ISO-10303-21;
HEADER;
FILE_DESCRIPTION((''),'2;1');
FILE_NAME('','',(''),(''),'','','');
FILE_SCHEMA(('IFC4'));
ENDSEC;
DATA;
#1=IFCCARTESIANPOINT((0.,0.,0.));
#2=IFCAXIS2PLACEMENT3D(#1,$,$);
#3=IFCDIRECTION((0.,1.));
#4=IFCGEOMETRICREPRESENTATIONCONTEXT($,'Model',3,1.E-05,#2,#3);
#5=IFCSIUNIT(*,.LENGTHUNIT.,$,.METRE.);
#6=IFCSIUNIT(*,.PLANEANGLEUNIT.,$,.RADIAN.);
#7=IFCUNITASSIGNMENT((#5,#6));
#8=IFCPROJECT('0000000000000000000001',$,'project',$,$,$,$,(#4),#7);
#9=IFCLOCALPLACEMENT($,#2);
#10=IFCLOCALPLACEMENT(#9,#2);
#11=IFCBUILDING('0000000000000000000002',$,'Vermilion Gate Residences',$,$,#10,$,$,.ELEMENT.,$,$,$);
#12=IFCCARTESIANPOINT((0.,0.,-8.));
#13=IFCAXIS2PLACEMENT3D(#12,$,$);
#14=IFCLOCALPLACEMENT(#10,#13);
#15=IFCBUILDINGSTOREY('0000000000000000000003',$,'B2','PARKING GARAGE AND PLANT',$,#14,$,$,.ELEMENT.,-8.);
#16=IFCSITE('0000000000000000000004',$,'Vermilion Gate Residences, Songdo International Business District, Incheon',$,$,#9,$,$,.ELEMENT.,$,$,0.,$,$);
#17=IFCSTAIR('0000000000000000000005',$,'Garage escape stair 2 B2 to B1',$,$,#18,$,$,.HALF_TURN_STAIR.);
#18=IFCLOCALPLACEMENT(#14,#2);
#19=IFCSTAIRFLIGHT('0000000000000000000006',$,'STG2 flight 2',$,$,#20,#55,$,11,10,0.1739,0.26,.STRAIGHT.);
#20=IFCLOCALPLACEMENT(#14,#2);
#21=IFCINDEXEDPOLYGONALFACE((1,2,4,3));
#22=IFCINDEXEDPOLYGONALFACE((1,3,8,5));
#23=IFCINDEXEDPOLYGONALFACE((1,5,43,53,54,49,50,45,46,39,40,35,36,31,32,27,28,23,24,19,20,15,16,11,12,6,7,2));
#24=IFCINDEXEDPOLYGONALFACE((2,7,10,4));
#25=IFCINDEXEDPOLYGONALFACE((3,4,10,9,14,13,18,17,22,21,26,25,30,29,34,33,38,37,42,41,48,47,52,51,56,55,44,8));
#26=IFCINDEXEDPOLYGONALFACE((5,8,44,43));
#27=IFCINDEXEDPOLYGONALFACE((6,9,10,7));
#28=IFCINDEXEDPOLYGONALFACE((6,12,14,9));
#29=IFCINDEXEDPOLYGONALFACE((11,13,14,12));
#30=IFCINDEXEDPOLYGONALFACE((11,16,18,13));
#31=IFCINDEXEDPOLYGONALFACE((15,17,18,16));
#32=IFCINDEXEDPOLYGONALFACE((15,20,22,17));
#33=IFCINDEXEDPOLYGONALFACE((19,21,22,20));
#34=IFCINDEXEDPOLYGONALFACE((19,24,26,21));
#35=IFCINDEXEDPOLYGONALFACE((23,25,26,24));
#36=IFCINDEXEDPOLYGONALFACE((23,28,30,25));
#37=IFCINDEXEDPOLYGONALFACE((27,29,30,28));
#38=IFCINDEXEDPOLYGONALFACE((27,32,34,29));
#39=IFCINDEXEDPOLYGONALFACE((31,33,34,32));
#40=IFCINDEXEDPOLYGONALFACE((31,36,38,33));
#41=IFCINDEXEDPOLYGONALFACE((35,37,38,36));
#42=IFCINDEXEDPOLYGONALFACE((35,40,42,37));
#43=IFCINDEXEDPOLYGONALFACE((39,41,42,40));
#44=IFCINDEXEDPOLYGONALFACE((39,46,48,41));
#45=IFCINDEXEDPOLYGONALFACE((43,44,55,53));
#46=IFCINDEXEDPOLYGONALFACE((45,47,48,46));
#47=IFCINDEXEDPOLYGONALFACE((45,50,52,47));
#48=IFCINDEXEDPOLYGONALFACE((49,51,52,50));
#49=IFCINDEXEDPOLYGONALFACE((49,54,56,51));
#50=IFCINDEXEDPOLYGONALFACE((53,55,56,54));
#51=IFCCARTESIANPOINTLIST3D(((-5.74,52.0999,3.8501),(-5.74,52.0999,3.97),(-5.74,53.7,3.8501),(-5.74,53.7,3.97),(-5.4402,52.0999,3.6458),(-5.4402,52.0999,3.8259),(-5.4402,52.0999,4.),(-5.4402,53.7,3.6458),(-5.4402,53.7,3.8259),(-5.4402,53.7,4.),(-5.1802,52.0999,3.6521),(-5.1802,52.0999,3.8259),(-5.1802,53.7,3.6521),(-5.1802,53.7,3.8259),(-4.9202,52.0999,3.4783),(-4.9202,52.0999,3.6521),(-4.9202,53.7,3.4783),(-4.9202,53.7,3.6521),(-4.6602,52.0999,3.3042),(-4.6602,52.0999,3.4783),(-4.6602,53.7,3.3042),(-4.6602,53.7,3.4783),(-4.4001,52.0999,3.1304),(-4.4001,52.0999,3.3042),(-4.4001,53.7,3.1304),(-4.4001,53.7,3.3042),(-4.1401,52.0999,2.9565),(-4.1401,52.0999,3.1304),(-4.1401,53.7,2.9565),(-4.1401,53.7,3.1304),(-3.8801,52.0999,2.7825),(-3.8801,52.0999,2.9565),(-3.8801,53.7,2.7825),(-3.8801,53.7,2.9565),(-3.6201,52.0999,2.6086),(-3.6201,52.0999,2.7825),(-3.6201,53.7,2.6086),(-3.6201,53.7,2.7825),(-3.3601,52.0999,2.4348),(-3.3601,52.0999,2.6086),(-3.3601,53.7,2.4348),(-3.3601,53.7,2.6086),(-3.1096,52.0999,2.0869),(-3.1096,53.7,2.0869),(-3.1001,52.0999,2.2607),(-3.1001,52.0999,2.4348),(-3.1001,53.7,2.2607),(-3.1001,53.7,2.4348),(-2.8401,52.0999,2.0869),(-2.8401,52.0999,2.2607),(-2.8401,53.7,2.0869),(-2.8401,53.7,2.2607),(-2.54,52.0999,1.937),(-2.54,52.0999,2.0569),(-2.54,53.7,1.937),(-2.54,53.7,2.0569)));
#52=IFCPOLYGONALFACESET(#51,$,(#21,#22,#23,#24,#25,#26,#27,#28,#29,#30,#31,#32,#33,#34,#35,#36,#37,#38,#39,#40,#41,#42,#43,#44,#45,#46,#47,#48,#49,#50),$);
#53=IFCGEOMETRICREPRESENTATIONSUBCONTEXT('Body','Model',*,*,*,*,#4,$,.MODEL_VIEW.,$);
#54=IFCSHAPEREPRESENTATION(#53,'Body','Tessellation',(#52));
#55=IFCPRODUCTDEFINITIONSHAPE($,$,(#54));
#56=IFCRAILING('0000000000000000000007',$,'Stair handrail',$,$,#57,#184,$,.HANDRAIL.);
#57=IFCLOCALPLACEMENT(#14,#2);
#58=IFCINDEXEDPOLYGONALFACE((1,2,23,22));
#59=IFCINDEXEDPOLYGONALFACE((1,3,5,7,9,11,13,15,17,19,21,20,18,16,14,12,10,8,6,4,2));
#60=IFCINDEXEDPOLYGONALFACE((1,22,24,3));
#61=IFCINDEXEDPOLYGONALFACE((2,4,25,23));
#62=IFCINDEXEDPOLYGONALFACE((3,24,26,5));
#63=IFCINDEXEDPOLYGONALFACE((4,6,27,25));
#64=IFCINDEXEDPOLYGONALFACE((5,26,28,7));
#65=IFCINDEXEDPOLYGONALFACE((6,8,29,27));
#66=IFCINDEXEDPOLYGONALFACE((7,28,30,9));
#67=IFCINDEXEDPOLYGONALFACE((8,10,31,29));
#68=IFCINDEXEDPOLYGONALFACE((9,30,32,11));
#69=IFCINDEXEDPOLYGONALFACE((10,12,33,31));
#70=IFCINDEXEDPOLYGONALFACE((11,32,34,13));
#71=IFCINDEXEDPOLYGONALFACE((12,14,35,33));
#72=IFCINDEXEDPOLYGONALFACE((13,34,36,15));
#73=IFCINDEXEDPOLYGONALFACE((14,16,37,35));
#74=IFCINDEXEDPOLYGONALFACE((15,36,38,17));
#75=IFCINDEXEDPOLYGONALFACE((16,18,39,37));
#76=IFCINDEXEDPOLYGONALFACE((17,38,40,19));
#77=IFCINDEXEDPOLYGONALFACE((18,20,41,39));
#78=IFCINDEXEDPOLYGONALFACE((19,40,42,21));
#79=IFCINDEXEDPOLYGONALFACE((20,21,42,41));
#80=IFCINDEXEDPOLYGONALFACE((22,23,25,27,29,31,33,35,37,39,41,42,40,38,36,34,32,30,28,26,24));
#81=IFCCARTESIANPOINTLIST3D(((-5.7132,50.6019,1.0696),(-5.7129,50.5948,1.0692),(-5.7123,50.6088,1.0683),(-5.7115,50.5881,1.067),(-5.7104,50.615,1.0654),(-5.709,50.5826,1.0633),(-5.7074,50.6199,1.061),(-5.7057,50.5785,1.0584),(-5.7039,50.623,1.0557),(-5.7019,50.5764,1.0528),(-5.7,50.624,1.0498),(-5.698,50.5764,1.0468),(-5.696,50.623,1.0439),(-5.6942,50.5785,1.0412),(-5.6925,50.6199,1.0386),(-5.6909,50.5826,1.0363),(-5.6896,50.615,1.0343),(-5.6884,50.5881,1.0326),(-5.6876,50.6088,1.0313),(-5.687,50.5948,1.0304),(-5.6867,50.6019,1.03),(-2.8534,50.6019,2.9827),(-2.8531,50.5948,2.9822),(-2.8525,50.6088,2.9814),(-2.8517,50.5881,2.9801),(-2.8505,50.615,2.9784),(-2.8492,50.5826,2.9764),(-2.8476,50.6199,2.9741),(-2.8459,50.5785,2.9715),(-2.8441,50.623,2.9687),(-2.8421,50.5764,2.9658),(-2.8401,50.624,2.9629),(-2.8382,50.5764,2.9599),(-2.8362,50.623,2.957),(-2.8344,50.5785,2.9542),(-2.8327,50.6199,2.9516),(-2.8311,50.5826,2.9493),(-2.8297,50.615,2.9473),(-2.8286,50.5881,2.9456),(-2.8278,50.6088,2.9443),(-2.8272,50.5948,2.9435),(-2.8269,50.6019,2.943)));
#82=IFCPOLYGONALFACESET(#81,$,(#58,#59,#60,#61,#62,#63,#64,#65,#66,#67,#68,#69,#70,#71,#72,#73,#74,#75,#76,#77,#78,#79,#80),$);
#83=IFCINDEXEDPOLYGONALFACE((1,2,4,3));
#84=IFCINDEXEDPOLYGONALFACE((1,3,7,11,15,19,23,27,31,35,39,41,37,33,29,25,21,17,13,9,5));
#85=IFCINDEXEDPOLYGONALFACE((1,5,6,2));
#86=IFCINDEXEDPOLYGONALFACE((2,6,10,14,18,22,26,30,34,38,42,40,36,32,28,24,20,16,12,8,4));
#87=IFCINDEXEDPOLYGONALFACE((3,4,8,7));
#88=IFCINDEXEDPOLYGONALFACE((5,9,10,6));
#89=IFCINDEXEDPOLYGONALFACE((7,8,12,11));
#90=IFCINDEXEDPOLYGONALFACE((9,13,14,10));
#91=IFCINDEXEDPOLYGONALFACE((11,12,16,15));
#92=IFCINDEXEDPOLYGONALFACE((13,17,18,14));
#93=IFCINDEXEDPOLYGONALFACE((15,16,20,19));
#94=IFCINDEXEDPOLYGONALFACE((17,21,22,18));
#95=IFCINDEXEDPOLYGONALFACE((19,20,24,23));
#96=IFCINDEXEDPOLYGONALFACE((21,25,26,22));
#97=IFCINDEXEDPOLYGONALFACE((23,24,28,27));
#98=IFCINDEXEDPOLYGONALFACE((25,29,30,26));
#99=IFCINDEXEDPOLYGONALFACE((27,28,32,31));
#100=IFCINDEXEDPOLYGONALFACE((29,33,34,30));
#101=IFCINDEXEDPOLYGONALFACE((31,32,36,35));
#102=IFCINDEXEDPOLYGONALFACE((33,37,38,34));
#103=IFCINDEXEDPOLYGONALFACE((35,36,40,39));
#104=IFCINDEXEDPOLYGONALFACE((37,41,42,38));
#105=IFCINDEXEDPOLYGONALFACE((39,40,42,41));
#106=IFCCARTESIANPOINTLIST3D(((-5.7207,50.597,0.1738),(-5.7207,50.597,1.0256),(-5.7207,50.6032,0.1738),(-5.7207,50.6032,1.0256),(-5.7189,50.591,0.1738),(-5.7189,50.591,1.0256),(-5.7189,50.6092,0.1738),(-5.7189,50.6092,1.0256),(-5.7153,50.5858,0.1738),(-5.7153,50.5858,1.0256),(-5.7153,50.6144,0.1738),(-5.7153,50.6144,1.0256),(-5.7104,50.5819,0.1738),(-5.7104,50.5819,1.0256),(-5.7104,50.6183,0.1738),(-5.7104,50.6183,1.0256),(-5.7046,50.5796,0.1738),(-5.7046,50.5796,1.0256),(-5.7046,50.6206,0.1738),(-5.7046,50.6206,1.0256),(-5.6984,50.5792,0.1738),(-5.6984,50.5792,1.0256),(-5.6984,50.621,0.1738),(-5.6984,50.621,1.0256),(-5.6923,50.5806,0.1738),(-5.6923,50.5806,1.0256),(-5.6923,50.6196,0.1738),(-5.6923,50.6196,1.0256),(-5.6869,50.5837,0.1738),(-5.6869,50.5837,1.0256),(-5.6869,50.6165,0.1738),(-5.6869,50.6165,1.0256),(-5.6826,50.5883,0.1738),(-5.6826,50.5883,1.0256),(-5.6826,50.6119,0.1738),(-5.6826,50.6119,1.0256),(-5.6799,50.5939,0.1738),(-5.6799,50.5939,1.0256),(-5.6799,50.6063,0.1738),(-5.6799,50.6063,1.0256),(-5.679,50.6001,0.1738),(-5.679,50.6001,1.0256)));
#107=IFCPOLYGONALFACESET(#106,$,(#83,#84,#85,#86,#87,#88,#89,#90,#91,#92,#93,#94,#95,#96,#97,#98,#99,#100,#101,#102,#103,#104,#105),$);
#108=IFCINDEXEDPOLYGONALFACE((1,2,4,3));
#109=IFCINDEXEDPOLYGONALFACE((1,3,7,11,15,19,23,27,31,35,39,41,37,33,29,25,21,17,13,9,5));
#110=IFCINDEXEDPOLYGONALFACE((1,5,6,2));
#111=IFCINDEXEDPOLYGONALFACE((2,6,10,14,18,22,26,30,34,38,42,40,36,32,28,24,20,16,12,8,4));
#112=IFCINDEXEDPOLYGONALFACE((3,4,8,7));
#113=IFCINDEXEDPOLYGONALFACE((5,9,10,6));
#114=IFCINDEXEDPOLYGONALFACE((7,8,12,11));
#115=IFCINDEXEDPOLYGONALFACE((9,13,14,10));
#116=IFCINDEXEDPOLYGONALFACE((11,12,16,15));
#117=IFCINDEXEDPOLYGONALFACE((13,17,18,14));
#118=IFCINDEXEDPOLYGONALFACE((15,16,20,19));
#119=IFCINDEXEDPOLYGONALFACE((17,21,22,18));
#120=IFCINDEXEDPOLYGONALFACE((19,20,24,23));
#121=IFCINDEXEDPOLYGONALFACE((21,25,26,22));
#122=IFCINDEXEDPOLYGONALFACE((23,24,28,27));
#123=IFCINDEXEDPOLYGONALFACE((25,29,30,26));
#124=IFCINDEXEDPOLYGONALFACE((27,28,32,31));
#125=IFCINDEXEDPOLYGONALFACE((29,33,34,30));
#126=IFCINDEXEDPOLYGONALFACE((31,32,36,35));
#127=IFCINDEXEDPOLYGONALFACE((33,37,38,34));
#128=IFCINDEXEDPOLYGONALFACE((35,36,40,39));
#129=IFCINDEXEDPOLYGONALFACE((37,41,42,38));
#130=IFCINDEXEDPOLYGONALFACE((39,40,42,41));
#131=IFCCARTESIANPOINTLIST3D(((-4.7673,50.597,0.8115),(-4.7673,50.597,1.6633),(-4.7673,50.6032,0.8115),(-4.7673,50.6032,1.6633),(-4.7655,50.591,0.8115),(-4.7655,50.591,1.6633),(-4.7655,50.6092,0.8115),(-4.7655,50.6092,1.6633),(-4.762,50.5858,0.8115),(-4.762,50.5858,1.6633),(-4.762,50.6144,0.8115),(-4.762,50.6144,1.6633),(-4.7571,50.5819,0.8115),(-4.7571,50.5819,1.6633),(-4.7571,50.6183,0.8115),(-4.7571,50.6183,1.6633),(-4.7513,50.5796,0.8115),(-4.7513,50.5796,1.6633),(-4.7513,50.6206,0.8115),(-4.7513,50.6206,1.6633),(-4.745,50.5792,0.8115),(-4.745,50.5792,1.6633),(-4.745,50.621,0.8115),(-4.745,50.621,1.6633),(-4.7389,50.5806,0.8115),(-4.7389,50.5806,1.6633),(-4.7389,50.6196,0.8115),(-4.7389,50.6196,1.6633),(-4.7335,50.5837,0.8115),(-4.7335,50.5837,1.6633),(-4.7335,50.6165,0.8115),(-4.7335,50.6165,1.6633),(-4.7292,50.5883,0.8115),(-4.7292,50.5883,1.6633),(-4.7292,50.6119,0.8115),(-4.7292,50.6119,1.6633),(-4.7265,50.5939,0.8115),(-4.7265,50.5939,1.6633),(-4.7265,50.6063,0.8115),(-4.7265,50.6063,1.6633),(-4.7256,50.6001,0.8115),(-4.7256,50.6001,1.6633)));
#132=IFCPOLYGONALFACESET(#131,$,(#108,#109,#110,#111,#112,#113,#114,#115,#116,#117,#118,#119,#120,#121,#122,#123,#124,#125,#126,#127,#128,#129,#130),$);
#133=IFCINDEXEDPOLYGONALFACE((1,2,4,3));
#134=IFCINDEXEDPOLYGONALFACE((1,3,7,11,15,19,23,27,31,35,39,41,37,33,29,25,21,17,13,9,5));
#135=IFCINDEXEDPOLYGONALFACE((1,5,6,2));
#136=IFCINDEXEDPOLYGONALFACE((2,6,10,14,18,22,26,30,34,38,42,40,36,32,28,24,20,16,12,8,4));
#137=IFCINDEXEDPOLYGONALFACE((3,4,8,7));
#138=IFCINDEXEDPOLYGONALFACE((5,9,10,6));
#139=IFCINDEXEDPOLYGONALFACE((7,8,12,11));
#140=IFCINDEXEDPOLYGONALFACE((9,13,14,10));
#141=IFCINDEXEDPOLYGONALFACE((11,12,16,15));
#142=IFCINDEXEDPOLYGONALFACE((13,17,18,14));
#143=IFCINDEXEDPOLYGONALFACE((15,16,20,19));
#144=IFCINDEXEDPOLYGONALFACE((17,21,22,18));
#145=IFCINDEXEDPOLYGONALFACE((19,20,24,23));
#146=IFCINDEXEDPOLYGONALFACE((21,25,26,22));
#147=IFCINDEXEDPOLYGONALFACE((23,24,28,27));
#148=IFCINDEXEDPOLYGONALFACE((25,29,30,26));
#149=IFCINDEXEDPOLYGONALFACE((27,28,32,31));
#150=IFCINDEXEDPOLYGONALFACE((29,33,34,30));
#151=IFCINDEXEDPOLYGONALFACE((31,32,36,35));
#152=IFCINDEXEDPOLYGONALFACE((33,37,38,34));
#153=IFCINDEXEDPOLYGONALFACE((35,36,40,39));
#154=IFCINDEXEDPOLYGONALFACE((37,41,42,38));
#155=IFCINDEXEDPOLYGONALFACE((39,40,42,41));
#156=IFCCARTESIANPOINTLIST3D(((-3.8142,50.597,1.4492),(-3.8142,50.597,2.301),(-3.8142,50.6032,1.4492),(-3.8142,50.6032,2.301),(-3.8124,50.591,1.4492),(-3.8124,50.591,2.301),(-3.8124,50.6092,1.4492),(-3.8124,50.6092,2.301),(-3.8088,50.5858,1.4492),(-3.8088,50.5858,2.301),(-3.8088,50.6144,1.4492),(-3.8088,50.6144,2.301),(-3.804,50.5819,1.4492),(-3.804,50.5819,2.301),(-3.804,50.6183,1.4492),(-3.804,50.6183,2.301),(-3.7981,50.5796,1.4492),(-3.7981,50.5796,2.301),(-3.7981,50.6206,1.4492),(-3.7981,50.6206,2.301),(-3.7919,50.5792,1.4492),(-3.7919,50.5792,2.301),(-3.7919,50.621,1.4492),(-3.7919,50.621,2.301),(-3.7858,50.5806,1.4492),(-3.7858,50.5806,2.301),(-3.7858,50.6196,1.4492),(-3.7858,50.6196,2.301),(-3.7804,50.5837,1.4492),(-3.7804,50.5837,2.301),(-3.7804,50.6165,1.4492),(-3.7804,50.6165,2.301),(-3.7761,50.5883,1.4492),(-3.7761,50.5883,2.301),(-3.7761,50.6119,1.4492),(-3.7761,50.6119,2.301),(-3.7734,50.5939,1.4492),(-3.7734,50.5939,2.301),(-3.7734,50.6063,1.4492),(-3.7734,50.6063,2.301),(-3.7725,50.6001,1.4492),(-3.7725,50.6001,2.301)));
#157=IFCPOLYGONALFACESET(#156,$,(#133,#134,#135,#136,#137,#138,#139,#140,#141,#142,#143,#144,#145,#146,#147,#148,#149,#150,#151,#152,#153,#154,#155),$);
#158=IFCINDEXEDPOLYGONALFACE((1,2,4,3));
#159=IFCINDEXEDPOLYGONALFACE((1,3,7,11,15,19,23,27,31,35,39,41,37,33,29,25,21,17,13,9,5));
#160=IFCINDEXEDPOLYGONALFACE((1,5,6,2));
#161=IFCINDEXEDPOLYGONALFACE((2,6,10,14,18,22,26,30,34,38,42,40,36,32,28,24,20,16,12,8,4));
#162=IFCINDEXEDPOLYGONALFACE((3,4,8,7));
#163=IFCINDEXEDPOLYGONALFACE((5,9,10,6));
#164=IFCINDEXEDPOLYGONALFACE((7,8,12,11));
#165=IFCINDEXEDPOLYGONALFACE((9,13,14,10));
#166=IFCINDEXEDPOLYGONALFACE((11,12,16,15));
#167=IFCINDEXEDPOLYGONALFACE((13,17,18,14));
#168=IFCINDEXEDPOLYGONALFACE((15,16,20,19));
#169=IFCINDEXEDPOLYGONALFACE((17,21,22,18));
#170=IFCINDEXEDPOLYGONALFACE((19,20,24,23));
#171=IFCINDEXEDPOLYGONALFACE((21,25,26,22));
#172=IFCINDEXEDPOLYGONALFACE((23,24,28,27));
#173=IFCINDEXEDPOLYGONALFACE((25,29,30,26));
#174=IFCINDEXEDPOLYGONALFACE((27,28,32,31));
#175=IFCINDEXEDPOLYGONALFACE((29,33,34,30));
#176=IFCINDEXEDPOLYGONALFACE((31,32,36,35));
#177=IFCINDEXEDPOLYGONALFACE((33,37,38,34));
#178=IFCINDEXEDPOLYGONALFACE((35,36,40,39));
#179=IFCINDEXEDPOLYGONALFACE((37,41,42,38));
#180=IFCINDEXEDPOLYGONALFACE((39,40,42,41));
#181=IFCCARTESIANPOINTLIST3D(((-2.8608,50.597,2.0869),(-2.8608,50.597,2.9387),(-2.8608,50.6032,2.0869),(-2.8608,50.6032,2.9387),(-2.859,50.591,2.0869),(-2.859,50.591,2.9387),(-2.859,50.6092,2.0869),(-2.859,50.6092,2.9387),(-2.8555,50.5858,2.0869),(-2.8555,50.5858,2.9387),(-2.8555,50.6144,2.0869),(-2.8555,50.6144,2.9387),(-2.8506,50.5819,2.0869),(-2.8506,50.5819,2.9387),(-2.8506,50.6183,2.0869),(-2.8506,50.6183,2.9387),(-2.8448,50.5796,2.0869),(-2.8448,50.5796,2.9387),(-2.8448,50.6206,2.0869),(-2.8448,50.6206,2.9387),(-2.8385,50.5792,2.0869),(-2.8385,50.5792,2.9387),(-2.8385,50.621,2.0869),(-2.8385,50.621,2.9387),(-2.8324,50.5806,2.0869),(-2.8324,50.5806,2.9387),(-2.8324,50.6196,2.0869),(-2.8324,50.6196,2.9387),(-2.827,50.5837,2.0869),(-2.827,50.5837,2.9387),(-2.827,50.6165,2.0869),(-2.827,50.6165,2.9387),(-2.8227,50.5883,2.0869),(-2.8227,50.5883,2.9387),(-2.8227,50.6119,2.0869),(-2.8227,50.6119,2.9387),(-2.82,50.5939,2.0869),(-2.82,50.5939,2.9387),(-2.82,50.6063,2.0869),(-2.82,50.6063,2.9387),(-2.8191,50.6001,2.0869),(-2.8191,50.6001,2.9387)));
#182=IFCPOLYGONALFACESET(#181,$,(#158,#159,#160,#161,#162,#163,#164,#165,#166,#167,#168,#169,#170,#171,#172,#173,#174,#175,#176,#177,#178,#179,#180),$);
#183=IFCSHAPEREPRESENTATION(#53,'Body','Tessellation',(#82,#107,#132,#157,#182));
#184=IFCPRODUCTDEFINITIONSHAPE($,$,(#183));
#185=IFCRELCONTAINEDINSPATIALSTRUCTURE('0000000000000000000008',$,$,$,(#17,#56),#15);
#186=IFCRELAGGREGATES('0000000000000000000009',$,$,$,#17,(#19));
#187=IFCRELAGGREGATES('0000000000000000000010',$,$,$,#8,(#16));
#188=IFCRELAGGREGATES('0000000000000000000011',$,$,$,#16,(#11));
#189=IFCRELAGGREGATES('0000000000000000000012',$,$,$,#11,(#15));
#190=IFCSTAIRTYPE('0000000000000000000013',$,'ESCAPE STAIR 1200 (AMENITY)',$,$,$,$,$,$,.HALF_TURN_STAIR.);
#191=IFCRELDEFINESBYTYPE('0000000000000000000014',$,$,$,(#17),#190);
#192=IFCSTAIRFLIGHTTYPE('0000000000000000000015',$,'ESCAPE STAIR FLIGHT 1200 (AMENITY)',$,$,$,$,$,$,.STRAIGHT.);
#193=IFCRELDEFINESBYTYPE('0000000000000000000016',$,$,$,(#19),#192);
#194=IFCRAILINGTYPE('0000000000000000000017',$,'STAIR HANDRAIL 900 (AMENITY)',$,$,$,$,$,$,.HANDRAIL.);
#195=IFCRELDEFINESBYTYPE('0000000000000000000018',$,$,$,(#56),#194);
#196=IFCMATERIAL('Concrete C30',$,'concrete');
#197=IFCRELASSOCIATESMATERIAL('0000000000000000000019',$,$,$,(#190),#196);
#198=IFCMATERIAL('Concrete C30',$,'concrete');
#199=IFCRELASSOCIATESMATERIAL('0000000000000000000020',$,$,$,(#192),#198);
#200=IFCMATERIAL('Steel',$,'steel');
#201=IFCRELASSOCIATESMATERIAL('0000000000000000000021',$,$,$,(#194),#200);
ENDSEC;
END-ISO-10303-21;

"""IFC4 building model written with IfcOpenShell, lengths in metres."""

from ifc_helpers import new_model, si_unit, direction, frame, origin, origin_2d, place, context, subcontext, project, spatial, polyline, circle, outline, extrude, material, type_object, element, aggregate, save


model = new_model("IFC4")

# Units and contexts
model_context = context("Model", 3, precision=1e-05, world=origin(), true_north=direction((0.0, 1.0)))
body_context = subcontext(model_context, "Body", "Model", "MODEL_VIEW")
ifc_project = project(units=[si_unit("LENGTHUNIT", "METRE"), si_unit("PLANEANGLEUNIT", "RADIAN")], contexts=[model_context])

# Site, building, storey
site_placement = place(None, origin())
site = spatial("IfcSite", under=ifc_project, at=site_placement, Name="Vermilion Gate Residences, Songdo International Business District, Incheon", CompositionType="ELEMENT", RefElevation=0.0)
building_placement = place(site_placement, origin())
building = spatial("IfcBuilding", under=site, at=building_placement, Name="Vermilion Gate Residences", CompositionType="ELEMENT")
storey_placement = place(building_placement, frame((0.0, 0.0, -8.0)))
storey = spatial("IfcBuildingStorey", under=building, at=storey_placement, Name="B2", Description="PARKING GARAGE AND PLANT", CompositionType="ELEMENT", Elevation=-8.0)

# Stair, stair flight
ifc_material_1 = material(Name="Concrete C30", Category="concrete")
stair_type = type_object("IfcStairType", Name="ESCAPE STAIR 1200 (AMENITY)", PredefinedType="HALF_TURN_STAIR", material=ifc_material_1)
stair_placement = place(storey_placement, origin())
stair = element("IfcStair", 1, at=stair_placement, inside=storey, type_object=stair_type, Name="Garage escape stair 2 B2 to B1", PredefinedType="HALF_TURN_STAIR")
ifc_material_2 = material(Name="Concrete C30", Category="concrete")
stair_flight_type = type_object("IfcStairFlightType", Name="ESCAPE STAIR FLIGHT 1200 (AMENITY)", PredefinedType="STRAIGHT", material=ifc_material_2)
stair_flight_1_placement = place(storey_placement, frame((-2.8401, 52.8999, 2.0869), z_axis=(0.0, 0.0, 1.0), x_axis=(-1.0, 0.0, 0.0)))
stair_flight_1 = element("IfcStairFlight", 2, at=stair_flight_1_placement, type_object=stair_flight_type, Name="STG2 flight 2", NumberOfRisers=11, NumberOfTreads=10, PredefinedType="STRAIGHT", RiserHeight=0.1739, TreadLength=0.26, context=body_context, shape_type="SweptSolid", body=[
    extrude(outline(polyline([(-0.3, -0.1499), (-0.3, -0.03), (0.0, 0.0), (0.0, 0.1738), (0.26, 0.1738), (0.26, 0.3479), (0.52, 0.3479), (0.52, 0.5217), (0.78, 0.5217), (0.78, 0.6956), (1.04, 0.6956), (1.04, 0.8696), (1.3, 0.8696), (1.3, 1.0435), (1.5601, 1.0435), (1.5601, 1.2173), (1.8201, 1.2173), (1.8201, 1.3914), (2.0801, 1.3914), (2.0801, 1.5652), (2.3401, 1.5652), (2.3401, 1.739), (2.6001, 1.739), (2.6001, 1.9131), (2.8999, 1.8831), (2.8999, 1.7632), (2.6001, 1.5588), (0.2695, 0.0), (-0.3, -0.1499)])), frame((0.0, 0.8, 0.0), z_axis=(0.0, -1.0, 0.0), x_axis=(1.0, 0.0, 0.0)), (0.0, 0.0, 1.0), 1.6001),
])
aggregate(stair, [stair_flight_1])

# Railing
ifc_material_3 = material(Name="Steel", Category="steel")
railing_type = type_object("IfcRailingType", Name="STAIR HANDRAIL 900 (AMENITY)", PredefinedType="HANDRAIL", material=ifc_material_3)
railing_placement = place(storey_placement, frame((-5.7, 50.6001, 0.1738)))
element("IfcRailing", 3, at=railing_placement, inside=storey, type_object=railing_type, Name="Stair handrail", PredefinedType="HANDRAIL", context=body_context, shape_type="SweptSolid", body=[
    extrude(circle(Radius=0.0239, at=origin_2d()), frame((0.0, 0.0, 0.876), z_axis=(0.831176, 0.0, 0.556009), x_axis=(0.0, 1.0, 0.0)), (0.0, 0.0, 1.0), 3.4407),
    extrude(circle(Radius=0.021, at=origin_2d()), origin(), (0.0, 0.0, 1.0), 0.8518),
    extrude(circle(Radius=0.021, at=origin_2d()), frame((0.9534, 0.0, 0.6377)), (0.0, 0.0, 1.0), 0.8518),
    extrude(circle(Radius=0.021, at=origin_2d()), frame((1.9065, 0.0, 1.2754)), (0.0, 0.0, 1.0), 0.8518),
    extrude(circle(Radius=0.021, at=origin_2d()), frame((2.8599, 0.0, 1.9131)), (0.0, 0.0, 1.0), 0.8518),
])

save(model, "model.ifc")
